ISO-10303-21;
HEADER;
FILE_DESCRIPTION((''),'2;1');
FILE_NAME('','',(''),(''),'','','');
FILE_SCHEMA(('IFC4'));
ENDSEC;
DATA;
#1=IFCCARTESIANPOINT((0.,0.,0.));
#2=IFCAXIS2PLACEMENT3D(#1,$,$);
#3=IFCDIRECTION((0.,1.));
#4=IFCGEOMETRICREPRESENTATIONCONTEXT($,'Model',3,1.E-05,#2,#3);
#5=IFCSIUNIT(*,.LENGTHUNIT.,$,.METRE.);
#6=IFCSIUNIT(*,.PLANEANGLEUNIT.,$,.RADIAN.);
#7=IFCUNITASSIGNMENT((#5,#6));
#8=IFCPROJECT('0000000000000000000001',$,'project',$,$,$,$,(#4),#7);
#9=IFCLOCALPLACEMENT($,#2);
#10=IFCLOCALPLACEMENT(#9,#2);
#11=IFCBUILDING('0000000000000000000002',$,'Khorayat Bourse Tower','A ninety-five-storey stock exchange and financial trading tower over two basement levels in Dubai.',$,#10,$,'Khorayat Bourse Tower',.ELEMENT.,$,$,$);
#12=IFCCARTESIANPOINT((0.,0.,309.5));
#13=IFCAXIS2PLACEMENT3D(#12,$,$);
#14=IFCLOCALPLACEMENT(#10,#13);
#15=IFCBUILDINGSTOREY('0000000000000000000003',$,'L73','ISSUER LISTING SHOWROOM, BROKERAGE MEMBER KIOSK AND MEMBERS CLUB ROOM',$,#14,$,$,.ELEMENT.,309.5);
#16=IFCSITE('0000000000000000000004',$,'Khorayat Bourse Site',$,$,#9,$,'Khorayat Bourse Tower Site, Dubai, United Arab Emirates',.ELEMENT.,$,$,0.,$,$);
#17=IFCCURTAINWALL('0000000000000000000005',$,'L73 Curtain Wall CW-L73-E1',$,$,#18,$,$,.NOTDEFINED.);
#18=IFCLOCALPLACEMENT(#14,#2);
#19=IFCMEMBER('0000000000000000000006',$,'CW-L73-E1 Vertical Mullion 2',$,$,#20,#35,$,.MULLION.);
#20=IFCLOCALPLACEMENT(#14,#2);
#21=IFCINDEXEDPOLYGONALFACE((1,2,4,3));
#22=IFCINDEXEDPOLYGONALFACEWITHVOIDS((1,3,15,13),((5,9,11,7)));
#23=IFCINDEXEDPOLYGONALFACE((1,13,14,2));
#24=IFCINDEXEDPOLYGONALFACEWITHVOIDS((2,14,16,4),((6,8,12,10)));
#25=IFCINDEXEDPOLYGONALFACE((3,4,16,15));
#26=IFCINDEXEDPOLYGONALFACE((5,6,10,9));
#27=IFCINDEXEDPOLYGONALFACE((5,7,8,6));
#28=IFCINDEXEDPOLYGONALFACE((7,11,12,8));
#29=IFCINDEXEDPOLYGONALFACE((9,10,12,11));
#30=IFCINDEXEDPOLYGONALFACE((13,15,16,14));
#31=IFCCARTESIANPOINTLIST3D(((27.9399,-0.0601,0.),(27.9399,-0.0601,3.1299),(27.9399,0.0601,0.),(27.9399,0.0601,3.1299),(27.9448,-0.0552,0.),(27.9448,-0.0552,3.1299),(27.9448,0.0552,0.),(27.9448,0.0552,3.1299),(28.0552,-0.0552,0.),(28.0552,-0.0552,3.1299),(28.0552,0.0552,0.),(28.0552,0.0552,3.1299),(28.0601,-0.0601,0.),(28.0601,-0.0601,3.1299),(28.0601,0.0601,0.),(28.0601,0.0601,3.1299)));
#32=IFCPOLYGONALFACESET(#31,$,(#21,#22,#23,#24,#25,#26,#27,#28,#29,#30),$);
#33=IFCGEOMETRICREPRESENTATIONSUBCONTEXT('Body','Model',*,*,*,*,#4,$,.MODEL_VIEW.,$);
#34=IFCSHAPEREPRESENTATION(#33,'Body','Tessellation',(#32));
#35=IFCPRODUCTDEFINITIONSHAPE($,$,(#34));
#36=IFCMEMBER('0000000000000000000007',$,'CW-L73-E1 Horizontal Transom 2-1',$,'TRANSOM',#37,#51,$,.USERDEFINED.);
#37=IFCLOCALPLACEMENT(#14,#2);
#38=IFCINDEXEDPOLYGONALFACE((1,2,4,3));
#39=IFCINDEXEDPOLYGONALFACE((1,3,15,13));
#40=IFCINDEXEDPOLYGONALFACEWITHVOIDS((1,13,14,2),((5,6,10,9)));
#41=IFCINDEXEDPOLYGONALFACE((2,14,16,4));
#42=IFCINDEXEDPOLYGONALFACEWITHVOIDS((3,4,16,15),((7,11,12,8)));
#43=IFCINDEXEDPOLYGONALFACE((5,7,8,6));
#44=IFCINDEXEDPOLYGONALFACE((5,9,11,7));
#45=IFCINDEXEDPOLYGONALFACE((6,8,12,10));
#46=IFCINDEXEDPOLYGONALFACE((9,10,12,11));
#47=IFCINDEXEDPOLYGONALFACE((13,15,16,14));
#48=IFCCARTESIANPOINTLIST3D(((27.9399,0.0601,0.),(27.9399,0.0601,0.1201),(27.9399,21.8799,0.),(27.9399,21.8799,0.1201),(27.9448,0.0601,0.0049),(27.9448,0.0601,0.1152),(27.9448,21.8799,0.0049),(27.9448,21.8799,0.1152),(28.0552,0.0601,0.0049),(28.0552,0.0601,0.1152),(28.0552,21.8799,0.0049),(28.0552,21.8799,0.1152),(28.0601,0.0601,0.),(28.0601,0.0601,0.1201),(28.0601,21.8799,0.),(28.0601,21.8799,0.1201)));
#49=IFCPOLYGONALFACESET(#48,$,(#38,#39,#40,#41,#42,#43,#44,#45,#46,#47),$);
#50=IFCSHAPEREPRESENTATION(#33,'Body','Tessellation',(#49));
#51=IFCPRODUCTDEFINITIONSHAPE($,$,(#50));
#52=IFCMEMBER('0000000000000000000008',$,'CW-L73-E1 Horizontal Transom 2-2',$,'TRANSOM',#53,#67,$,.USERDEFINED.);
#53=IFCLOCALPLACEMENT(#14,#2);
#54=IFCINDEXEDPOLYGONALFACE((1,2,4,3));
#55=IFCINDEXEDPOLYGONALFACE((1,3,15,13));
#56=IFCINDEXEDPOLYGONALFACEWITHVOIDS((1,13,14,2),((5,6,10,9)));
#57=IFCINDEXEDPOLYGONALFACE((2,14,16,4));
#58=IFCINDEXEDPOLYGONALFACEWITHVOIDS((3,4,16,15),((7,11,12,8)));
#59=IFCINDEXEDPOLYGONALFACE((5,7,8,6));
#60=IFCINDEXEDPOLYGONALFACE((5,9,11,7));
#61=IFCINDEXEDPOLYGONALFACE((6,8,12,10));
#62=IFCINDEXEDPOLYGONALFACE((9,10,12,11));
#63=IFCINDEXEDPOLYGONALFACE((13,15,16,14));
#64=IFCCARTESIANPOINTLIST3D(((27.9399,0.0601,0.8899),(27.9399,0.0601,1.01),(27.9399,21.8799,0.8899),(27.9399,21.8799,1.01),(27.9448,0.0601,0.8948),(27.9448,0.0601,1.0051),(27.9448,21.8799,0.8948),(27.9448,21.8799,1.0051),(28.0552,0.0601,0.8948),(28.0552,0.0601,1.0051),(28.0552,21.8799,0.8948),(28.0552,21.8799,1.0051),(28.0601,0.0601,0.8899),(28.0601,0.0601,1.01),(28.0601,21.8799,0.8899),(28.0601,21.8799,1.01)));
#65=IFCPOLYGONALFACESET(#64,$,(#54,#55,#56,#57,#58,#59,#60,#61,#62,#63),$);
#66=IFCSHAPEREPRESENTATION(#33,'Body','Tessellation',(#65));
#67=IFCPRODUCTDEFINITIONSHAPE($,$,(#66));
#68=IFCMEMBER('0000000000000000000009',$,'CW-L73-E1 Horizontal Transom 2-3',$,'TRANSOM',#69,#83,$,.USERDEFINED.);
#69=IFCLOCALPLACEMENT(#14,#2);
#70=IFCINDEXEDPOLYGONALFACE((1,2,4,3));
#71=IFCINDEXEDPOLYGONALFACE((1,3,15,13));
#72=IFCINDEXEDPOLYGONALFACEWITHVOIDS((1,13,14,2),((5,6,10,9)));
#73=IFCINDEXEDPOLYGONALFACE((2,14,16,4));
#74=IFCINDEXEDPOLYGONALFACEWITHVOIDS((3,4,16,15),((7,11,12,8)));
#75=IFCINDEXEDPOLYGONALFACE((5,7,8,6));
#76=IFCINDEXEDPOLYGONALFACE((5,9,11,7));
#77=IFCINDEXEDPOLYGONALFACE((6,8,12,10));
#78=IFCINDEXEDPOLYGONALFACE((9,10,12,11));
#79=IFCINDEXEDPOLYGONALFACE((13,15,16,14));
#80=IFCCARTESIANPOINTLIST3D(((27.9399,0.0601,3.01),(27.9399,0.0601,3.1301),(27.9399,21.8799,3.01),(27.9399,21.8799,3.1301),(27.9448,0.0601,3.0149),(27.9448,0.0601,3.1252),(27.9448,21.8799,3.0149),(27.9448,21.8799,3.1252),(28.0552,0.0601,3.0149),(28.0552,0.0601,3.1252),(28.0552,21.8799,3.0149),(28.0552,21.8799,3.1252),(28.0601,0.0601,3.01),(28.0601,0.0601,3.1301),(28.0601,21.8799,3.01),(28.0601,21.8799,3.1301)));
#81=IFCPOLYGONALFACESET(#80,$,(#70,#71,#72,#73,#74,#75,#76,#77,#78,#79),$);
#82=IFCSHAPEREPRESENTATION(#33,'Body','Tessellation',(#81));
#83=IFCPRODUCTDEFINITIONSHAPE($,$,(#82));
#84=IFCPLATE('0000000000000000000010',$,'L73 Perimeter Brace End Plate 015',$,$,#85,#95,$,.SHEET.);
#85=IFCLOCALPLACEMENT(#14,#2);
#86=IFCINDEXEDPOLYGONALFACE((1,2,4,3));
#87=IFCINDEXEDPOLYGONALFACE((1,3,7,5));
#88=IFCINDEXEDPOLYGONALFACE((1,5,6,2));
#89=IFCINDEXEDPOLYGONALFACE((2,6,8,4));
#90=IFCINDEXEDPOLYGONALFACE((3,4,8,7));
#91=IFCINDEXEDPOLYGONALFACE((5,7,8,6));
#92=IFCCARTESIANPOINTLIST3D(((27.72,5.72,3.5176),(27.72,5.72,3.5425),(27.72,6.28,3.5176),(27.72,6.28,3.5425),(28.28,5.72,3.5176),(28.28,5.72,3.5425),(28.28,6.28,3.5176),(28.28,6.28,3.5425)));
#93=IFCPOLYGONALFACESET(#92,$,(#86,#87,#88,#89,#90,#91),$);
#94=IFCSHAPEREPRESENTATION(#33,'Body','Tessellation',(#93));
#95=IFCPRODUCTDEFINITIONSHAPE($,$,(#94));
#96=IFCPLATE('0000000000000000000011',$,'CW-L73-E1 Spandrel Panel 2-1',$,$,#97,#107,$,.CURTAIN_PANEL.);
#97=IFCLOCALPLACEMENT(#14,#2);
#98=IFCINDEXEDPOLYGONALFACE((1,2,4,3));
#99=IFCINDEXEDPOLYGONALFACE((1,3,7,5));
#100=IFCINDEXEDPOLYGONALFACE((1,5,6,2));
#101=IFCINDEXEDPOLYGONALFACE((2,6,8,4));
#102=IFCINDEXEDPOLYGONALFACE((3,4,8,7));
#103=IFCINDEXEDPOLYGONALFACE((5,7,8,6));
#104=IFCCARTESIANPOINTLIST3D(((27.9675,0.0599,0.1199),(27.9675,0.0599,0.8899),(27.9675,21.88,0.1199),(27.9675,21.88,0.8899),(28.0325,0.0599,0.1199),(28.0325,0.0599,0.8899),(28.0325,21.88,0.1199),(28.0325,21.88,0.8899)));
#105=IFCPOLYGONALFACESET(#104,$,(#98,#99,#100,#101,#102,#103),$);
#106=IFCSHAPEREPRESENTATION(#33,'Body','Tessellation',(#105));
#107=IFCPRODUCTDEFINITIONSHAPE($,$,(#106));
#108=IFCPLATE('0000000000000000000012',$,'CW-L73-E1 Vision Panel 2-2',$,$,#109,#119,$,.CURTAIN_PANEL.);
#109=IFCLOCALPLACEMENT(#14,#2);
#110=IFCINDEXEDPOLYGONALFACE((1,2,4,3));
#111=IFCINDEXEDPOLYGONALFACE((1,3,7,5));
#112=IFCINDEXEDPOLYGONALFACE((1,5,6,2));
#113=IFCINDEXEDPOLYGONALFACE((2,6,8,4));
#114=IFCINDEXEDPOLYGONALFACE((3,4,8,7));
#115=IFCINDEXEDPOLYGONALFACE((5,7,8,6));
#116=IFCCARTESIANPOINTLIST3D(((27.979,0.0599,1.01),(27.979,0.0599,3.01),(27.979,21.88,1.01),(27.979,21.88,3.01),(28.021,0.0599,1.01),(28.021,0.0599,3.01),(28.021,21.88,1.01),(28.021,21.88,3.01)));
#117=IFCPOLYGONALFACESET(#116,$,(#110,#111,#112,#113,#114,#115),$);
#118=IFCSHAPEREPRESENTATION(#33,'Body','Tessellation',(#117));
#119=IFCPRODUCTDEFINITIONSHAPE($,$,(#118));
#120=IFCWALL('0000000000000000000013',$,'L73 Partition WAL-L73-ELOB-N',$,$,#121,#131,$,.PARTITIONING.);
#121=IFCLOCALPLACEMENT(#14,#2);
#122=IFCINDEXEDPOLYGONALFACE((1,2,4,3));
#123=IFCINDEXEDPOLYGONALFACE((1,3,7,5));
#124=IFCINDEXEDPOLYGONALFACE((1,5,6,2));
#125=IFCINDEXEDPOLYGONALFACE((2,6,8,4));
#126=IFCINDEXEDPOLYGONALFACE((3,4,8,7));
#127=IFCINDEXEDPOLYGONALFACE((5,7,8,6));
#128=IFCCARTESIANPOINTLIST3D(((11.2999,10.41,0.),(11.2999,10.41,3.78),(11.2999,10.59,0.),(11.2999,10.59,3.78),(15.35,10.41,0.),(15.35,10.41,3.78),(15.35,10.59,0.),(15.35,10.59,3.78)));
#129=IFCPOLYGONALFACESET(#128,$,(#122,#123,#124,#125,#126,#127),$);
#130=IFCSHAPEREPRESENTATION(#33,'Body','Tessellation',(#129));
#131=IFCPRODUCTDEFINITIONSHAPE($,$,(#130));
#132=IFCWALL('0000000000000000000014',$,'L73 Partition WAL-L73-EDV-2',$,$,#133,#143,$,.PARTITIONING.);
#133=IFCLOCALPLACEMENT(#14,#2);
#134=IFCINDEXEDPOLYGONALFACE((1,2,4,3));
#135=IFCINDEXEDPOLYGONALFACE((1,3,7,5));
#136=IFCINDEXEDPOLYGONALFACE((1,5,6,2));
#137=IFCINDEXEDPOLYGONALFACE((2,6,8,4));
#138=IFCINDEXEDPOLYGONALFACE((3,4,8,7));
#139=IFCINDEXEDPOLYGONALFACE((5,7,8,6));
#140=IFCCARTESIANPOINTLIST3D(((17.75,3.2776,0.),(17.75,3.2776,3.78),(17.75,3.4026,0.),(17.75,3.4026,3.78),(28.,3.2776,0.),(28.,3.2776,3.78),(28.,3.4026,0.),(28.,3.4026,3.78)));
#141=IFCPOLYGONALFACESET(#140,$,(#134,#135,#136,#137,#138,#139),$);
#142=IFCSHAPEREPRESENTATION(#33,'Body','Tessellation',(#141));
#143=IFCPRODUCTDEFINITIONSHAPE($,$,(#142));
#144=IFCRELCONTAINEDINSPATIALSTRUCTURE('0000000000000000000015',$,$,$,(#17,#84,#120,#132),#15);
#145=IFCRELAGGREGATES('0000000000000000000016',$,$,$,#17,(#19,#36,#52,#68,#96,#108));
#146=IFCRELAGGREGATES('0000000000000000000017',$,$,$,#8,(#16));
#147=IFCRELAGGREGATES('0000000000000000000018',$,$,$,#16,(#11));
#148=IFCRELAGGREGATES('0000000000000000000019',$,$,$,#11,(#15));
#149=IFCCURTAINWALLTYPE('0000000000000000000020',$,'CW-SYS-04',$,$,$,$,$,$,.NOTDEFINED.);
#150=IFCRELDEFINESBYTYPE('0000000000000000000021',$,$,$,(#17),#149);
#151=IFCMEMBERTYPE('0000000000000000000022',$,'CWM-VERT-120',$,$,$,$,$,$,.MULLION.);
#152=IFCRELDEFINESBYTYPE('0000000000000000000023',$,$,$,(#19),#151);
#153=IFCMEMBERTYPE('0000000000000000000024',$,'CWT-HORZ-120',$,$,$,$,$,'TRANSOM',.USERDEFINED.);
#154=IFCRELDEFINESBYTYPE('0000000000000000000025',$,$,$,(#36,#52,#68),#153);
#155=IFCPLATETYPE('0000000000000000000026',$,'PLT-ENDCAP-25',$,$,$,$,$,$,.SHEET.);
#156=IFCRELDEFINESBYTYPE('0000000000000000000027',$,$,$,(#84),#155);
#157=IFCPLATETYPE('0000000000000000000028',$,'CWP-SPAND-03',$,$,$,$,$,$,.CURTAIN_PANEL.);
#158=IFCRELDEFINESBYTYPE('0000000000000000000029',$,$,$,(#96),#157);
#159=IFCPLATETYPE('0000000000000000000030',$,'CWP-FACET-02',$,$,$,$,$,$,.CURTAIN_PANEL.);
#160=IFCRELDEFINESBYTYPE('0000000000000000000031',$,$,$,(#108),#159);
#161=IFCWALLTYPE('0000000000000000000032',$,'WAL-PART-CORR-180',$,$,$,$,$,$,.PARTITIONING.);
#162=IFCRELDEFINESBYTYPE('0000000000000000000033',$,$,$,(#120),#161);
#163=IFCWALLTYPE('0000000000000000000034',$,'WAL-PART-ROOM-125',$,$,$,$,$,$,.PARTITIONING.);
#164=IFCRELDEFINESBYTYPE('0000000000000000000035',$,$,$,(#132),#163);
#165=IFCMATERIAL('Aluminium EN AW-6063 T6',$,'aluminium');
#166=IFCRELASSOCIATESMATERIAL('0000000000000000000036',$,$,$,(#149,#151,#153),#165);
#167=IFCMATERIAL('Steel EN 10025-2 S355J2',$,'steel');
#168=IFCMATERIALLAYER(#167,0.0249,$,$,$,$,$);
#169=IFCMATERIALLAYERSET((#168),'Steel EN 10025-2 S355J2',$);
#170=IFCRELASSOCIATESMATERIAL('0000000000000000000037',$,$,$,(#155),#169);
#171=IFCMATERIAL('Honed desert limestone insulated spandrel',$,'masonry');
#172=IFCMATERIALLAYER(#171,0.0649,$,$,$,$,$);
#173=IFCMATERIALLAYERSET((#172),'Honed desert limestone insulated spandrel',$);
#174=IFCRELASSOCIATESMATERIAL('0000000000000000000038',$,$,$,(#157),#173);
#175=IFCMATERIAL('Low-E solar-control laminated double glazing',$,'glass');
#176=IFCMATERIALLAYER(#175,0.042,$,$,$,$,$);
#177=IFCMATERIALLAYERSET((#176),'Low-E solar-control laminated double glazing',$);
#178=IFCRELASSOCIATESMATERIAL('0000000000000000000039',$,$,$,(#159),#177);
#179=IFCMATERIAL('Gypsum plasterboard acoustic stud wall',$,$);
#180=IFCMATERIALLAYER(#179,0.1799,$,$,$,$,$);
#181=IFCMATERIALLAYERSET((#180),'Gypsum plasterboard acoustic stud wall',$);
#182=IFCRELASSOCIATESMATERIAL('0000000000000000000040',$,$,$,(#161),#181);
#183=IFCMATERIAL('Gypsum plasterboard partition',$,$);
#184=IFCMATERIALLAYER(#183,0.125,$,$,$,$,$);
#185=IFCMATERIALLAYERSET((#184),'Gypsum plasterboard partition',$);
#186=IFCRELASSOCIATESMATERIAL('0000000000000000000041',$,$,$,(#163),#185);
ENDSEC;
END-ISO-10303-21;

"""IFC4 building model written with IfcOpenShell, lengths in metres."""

from ifc_helpers import new_model, si_unit, direction, frame, frame_2d, origin, origin_2d, place, context, subcontext, project, spatial, rectangle, hollow_rectangle, extrude, source, transform, mapped, material, layer, layer_set, material_profile, profile_set, type_object, element, aggregate, save


model = new_model("IFC4")

# Units and contexts
model_context = context("Model", 3, precision=1e-05, world=origin(), true_north=direction((0.0, 1.0)))
body_context = subcontext(model_context, "Body", "Model", "MODEL_VIEW")
ifc_project = project(units=[si_unit("LENGTHUNIT", "METRE"), si_unit("PLANEANGLEUNIT", "RADIAN")], contexts=[model_context])

# Site, building, storey
site_placement = place(None, origin())
site = spatial("IfcSite", under=ifc_project, at=site_placement, Name="Khorayat Bourse Site", LongName="Khorayat Bourse Tower Site, Dubai, United Arab Emirates", CompositionType="ELEMENT", RefElevation=0.0)
building_placement = place(site_placement, origin())
building = spatial("IfcBuilding", under=site, at=building_placement, Name="Khorayat Bourse Tower", Description="A ninety-five-storey stock exchange and financial trading tower over two basement levels in Dubai.", LongName="Khorayat Bourse Tower", CompositionType="ELEMENT")
storey_placement = place(building_placement, frame((0.0, 0.0, 309.5)))
storey = spatial("IfcBuildingStorey", under=building, at=storey_placement, Name="L73", Description="ISSUER LISTING SHOWROOM, BROKERAGE MEMBER KIOSK AND MEMBERS CLUB ROOM", CompositionType="ELEMENT", Elevation=309.5)

# Curtain wall, members
ifc_material_1 = material(Name="Aluminium EN AW-6063 T6", Category="aluminium")
curtain_wall_type = type_object("IfcCurtainWallType", Name="CW-SYS-04", PredefinedType="NOTDEFINED", material=ifc_material_1)
curtain_wall_placement = place(storey_placement, origin())
curtain_wall = element("IfcCurtainWall", 1, at=curtain_wall_placement, inside=storey, type_object=curtain_wall_type, Name="L73 Curtain Wall CW-L73-E1", PredefinedType="NOTDEFINED")
ifc_material_profile_1 = material_profile(ifc_material_1, hollow_rectangle(XDim=0.1201, YDim=0.1201, WallThickness=0.0049, at=origin_2d()), Name="ALU 120x120x5")
ifc_profile_set_1 = profile_set([ifc_material_profile_1], Name="Aluminium EN AW-6063 T6")
member_type_1 = type_object("IfcMemberType", Name="CWM-VERT-120", PredefinedType="MULLION", material=ifc_profile_set_1)
shared_shape_1 = source(origin(), body_context, "Body", "SweptSolid", [
    extrude(hollow_rectangle(XDim=0.1201, YDim=0.1201, WallThickness=0.0049, at=origin_2d()), origin(), (0.0, 0.0, 1.0), 3.1299),
])
member_1_placement = place(storey_placement, frame((28.0, 0.0, 0.0), z_axis=(0.0, 0.0, 1.0), x_axis=(-1.0, 0.0, 0.0)))
member_1 = element("IfcMember", 2, at=member_1_placement, type_object=member_type_1, Name="CW-L73-E1 Vertical Mullion 2", PredefinedType="MULLION", context=body_context, shape_type="MappedRepresentation", body=[
    mapped(shared_shape_1, transform((0.0, 0.0, 0.0), scale=1.0)),
])
ifc_material_profile_2 = material_profile(ifc_material_1, hollow_rectangle(XDim=0.1201, YDim=0.1201, WallThickness=0.0049, at=origin_2d()), Name="ALU 120x120x5")
ifc_profile_set_2 = profile_set([ifc_material_profile_2], Name="Aluminium EN AW-6063 T6")
member_type_2 = type_object("IfcMemberType", Name="CWT-HORZ-120", ElementType="TRANSOM", PredefinedType="USERDEFINED", material=ifc_profile_set_2)
shared_shape_2 = source(origin(), body_context, "Body", "SweptSolid", [
    extrude(hollow_rectangle(XDim=0.1201, YDim=0.1201, WallThickness=0.0049, at=origin_2d()), origin(), (0.0, 0.0, 1.0), 21.8198),
])
member_2_placement = place(storey_placement, frame((28.0, 0.0601, 0.0601), z_axis=(0.0, 1.0, 0.0), x_axis=(-1.0, 0.0, 0.0)))
member_2 = element("IfcMember", 3, at=member_2_placement, type_object=member_type_2, Name="CW-L73-E1 Horizontal Transom 2-1", ObjectType="TRANSOM", PredefinedType="USERDEFINED", context=body_context, shape_type="MappedRepresentation", body=[
    mapped(shared_shape_2, transform((0.0, 0.0, 0.0), scale=1.0)),
])
member_3_placement = place(storey_placement, frame((28.0, 0.0601, 0.95), z_axis=(0.0, 1.0, 0.0), x_axis=(-1.0, 0.0, 0.0)))
member_3 = element("IfcMember", 4, at=member_3_placement, type_object=member_type_2, Name="CW-L73-E1 Horizontal Transom 2-2", ObjectType="TRANSOM", PredefinedType="USERDEFINED", context=body_context, shape_type="MappedRepresentation", body=[
    mapped(shared_shape_2, transform((0.0, 0.0, 0.0), scale=1.0)),
])
member_4_placement = place(storey_placement, frame((28.0, 0.0601, 3.0701), z_axis=(0.0, 1.0, 0.0), x_axis=(-1.0, 0.0, 0.0)))
member_4 = element("IfcMember", 5, at=member_4_placement, type_object=member_type_2, Name="CW-L73-E1 Horizontal Transom 2-3", ObjectType="TRANSOM", PredefinedType="USERDEFINED", context=body_context, shape_type="MappedRepresentation", body=[
    mapped(shared_shape_2, transform((0.0, 0.0, 0.0), scale=1.0)),
])

# Plates
ifc_material_2 = material(Name="Steel EN 10025-2 S355J2", Category="steel")
ifc_layer_1 = layer(ifc_material_2, 0.0249)
ifc_layer_set_1 = layer_set([ifc_layer_1], Name="Steel EN 10025-2 S355J2")
plate_type_1 = type_object("IfcPlateType", Name="PLT-ENDCAP-25", PredefinedType="SHEET", material=ifc_layer_set_1)
shared_shape_3 = source(origin(), body_context, "Body", "SweptSolid", [
    extrude(rectangle(XDim=0.5601, YDim=0.5601, at=origin_2d()), origin(), (0.0, 0.0, 1.0), 0.0249),
])
plate_1_placement = place(storey_placement, frame((28.0, 6.0, 3.5176), z_axis=(0.0, 0.0, 1.0), x_axis=(1.0, 0.0, 0.0)))
element("IfcPlate", 6, at=plate_1_placement, inside=storey, type_object=plate_type_1, Name="L73 Perimeter Brace End Plate 015", PredefinedType="SHEET", context=body_context, shape_type="MappedRepresentation", body=[
    mapped(shared_shape_3, transform((0.0, 0.0, 0.0), scale=1.0)),
])
ifc_material_3 = material(Name="Honed desert limestone insulated spandrel", Category="masonry")
ifc_layer_2 = layer(ifc_material_3, 0.0649)
ifc_layer_set_2 = layer_set([ifc_layer_2], Name="Honed desert limestone insulated spandrel")
plate_type_2 = type_object("IfcPlateType", Name="CWP-SPAND-03", PredefinedType="CURTAIN_PANEL", material=ifc_layer_set_2)
shared_shape_4 = source(origin(), body_context, "Body", "SweptSolid", [
    extrude(rectangle(XDim=21.8201, YDim=0.0649, at=origin_2d()), origin(), (0.0, 0.0, 1.0), 0.77),
])
plate_2_placement = place(storey_placement, frame((28.0, 10.97, 0.1199), z_axis=(0.0, 0.0, 1.0), x_axis=(0.0, 1.0, 0.0)))
plate_2 = element("IfcPlate", 7, at=plate_2_placement, type_object=plate_type_2, Name="CW-L73-E1 Spandrel Panel 2-1", PredefinedType="CURTAIN_PANEL", context=body_context, shape_type="MappedRepresentation", body=[
    mapped(shared_shape_4, transform((0.0, 0.0, 0.0), scale=1.0)),
])
ifc_material_4 = material(Name="Low-E solar-control laminated double glazing", Category="glass")
ifc_layer_3 = layer(ifc_material_4, 0.042)
ifc_layer_set_3 = layer_set([ifc_layer_3], Name="Low-E solar-control laminated double glazing")
plate_type_3 = type_object("IfcPlateType", Name="CWP-FACET-02", PredefinedType="CURTAIN_PANEL", material=ifc_layer_set_3)
shared_shape_5 = source(origin(), body_context, "Body", "SweptSolid", [
    extrude(rectangle(XDim=21.8201, YDim=0.042, at=origin_2d()), origin(), (0.0, 0.0, 1.0), 2.0),
])
plate_3_placement = place(storey_placement, frame((28.0, 10.97, 1.01), z_axis=(0.0, 0.0, 1.0), x_axis=(0.0, 1.0, 0.0)))
plate_3 = element("IfcPlate", 8, at=plate_3_placement, type_object=plate_type_3, Name="CW-L73-E1 Vision Panel 2-2", PredefinedType="CURTAIN_PANEL", context=body_context, shape_type="MappedRepresentation", body=[
    mapped(shared_shape_5, transform((0.0, 0.0, 0.0), scale=1.0)),
])
aggregate(curtain_wall, [member_1, member_2, member_3, member_4, plate_2, plate_3])

# Walls
ifc_material_5 = material(Name="Gypsum plasterboard acoustic stud wall")
ifc_layer_4 = layer(ifc_material_5, 0.1799)
ifc_layer_set_4 = layer_set([ifc_layer_4], Name="Gypsum plasterboard acoustic stud wall")
wall_type_1 = type_object("IfcWallType", Name="WAL-PART-CORR-180", PredefinedType="PARTITIONING", material=ifc_layer_set_4)
shared_shape_6 = source(origin(), body_context, "Body", "SweptSolid", [
    extrude(rectangle(XDim=4.05, YDim=0.1799, at=frame_2d((2.0249, 0.0))), origin(), (0.0, 0.0, 1.0), 3.78),
])
wall_1_placement = place(storey_placement, frame((11.3, 10.5, 0.0), z_axis=(0.0, 0.0, 1.0), x_axis=(1.0, 0.0, 0.0)))
element("IfcWall", 9, at=wall_1_placement, inside=storey, type_object=wall_type_1, Name="L73 Partition WAL-L73-ELOB-N", PredefinedType="PARTITIONING", context=body_context, shape_type="MappedRepresentation", body=[
    mapped(shared_shape_6, transform((0.0, 0.0, 0.0), scale=1.0)),
])
ifc_material_6 = material(Name="Gypsum plasterboard partition")
ifc_layer_5 = layer(ifc_material_6, 0.125)
ifc_layer_set_5 = layer_set([ifc_layer_5], Name="Gypsum plasterboard partition")
wall_type_2 = type_object("IfcWallType", Name="WAL-PART-ROOM-125", PredefinedType="PARTITIONING", material=ifc_layer_set_5)
shared_shape_7 = source(origin(), body_context, "Body", "SweptSolid", [
    extrude(rectangle(XDim=10.25, YDim=0.125, at=frame_2d((5.125, 0.0))), origin(), (0.0, 0.0, 1.0), 3.78),
])
wall_2_placement = place(storey_placement, frame((17.75, 3.3401, 0.0), z_axis=(0.0, 0.0, 1.0), x_axis=(1.0, 0.0, 0.0)))
element("IfcWall", 10, at=wall_2_placement, inside=storey, type_object=wall_type_2, Name="L73 Partition WAL-L73-EDV-2", PredefinedType="PARTITIONING", context=body_context, shape_type="MappedRepresentation", body=[
    mapped(shared_shape_7, transform((0.0, 0.0, 0.0), scale=1.0)),
])

save(model, "model.ifc")
